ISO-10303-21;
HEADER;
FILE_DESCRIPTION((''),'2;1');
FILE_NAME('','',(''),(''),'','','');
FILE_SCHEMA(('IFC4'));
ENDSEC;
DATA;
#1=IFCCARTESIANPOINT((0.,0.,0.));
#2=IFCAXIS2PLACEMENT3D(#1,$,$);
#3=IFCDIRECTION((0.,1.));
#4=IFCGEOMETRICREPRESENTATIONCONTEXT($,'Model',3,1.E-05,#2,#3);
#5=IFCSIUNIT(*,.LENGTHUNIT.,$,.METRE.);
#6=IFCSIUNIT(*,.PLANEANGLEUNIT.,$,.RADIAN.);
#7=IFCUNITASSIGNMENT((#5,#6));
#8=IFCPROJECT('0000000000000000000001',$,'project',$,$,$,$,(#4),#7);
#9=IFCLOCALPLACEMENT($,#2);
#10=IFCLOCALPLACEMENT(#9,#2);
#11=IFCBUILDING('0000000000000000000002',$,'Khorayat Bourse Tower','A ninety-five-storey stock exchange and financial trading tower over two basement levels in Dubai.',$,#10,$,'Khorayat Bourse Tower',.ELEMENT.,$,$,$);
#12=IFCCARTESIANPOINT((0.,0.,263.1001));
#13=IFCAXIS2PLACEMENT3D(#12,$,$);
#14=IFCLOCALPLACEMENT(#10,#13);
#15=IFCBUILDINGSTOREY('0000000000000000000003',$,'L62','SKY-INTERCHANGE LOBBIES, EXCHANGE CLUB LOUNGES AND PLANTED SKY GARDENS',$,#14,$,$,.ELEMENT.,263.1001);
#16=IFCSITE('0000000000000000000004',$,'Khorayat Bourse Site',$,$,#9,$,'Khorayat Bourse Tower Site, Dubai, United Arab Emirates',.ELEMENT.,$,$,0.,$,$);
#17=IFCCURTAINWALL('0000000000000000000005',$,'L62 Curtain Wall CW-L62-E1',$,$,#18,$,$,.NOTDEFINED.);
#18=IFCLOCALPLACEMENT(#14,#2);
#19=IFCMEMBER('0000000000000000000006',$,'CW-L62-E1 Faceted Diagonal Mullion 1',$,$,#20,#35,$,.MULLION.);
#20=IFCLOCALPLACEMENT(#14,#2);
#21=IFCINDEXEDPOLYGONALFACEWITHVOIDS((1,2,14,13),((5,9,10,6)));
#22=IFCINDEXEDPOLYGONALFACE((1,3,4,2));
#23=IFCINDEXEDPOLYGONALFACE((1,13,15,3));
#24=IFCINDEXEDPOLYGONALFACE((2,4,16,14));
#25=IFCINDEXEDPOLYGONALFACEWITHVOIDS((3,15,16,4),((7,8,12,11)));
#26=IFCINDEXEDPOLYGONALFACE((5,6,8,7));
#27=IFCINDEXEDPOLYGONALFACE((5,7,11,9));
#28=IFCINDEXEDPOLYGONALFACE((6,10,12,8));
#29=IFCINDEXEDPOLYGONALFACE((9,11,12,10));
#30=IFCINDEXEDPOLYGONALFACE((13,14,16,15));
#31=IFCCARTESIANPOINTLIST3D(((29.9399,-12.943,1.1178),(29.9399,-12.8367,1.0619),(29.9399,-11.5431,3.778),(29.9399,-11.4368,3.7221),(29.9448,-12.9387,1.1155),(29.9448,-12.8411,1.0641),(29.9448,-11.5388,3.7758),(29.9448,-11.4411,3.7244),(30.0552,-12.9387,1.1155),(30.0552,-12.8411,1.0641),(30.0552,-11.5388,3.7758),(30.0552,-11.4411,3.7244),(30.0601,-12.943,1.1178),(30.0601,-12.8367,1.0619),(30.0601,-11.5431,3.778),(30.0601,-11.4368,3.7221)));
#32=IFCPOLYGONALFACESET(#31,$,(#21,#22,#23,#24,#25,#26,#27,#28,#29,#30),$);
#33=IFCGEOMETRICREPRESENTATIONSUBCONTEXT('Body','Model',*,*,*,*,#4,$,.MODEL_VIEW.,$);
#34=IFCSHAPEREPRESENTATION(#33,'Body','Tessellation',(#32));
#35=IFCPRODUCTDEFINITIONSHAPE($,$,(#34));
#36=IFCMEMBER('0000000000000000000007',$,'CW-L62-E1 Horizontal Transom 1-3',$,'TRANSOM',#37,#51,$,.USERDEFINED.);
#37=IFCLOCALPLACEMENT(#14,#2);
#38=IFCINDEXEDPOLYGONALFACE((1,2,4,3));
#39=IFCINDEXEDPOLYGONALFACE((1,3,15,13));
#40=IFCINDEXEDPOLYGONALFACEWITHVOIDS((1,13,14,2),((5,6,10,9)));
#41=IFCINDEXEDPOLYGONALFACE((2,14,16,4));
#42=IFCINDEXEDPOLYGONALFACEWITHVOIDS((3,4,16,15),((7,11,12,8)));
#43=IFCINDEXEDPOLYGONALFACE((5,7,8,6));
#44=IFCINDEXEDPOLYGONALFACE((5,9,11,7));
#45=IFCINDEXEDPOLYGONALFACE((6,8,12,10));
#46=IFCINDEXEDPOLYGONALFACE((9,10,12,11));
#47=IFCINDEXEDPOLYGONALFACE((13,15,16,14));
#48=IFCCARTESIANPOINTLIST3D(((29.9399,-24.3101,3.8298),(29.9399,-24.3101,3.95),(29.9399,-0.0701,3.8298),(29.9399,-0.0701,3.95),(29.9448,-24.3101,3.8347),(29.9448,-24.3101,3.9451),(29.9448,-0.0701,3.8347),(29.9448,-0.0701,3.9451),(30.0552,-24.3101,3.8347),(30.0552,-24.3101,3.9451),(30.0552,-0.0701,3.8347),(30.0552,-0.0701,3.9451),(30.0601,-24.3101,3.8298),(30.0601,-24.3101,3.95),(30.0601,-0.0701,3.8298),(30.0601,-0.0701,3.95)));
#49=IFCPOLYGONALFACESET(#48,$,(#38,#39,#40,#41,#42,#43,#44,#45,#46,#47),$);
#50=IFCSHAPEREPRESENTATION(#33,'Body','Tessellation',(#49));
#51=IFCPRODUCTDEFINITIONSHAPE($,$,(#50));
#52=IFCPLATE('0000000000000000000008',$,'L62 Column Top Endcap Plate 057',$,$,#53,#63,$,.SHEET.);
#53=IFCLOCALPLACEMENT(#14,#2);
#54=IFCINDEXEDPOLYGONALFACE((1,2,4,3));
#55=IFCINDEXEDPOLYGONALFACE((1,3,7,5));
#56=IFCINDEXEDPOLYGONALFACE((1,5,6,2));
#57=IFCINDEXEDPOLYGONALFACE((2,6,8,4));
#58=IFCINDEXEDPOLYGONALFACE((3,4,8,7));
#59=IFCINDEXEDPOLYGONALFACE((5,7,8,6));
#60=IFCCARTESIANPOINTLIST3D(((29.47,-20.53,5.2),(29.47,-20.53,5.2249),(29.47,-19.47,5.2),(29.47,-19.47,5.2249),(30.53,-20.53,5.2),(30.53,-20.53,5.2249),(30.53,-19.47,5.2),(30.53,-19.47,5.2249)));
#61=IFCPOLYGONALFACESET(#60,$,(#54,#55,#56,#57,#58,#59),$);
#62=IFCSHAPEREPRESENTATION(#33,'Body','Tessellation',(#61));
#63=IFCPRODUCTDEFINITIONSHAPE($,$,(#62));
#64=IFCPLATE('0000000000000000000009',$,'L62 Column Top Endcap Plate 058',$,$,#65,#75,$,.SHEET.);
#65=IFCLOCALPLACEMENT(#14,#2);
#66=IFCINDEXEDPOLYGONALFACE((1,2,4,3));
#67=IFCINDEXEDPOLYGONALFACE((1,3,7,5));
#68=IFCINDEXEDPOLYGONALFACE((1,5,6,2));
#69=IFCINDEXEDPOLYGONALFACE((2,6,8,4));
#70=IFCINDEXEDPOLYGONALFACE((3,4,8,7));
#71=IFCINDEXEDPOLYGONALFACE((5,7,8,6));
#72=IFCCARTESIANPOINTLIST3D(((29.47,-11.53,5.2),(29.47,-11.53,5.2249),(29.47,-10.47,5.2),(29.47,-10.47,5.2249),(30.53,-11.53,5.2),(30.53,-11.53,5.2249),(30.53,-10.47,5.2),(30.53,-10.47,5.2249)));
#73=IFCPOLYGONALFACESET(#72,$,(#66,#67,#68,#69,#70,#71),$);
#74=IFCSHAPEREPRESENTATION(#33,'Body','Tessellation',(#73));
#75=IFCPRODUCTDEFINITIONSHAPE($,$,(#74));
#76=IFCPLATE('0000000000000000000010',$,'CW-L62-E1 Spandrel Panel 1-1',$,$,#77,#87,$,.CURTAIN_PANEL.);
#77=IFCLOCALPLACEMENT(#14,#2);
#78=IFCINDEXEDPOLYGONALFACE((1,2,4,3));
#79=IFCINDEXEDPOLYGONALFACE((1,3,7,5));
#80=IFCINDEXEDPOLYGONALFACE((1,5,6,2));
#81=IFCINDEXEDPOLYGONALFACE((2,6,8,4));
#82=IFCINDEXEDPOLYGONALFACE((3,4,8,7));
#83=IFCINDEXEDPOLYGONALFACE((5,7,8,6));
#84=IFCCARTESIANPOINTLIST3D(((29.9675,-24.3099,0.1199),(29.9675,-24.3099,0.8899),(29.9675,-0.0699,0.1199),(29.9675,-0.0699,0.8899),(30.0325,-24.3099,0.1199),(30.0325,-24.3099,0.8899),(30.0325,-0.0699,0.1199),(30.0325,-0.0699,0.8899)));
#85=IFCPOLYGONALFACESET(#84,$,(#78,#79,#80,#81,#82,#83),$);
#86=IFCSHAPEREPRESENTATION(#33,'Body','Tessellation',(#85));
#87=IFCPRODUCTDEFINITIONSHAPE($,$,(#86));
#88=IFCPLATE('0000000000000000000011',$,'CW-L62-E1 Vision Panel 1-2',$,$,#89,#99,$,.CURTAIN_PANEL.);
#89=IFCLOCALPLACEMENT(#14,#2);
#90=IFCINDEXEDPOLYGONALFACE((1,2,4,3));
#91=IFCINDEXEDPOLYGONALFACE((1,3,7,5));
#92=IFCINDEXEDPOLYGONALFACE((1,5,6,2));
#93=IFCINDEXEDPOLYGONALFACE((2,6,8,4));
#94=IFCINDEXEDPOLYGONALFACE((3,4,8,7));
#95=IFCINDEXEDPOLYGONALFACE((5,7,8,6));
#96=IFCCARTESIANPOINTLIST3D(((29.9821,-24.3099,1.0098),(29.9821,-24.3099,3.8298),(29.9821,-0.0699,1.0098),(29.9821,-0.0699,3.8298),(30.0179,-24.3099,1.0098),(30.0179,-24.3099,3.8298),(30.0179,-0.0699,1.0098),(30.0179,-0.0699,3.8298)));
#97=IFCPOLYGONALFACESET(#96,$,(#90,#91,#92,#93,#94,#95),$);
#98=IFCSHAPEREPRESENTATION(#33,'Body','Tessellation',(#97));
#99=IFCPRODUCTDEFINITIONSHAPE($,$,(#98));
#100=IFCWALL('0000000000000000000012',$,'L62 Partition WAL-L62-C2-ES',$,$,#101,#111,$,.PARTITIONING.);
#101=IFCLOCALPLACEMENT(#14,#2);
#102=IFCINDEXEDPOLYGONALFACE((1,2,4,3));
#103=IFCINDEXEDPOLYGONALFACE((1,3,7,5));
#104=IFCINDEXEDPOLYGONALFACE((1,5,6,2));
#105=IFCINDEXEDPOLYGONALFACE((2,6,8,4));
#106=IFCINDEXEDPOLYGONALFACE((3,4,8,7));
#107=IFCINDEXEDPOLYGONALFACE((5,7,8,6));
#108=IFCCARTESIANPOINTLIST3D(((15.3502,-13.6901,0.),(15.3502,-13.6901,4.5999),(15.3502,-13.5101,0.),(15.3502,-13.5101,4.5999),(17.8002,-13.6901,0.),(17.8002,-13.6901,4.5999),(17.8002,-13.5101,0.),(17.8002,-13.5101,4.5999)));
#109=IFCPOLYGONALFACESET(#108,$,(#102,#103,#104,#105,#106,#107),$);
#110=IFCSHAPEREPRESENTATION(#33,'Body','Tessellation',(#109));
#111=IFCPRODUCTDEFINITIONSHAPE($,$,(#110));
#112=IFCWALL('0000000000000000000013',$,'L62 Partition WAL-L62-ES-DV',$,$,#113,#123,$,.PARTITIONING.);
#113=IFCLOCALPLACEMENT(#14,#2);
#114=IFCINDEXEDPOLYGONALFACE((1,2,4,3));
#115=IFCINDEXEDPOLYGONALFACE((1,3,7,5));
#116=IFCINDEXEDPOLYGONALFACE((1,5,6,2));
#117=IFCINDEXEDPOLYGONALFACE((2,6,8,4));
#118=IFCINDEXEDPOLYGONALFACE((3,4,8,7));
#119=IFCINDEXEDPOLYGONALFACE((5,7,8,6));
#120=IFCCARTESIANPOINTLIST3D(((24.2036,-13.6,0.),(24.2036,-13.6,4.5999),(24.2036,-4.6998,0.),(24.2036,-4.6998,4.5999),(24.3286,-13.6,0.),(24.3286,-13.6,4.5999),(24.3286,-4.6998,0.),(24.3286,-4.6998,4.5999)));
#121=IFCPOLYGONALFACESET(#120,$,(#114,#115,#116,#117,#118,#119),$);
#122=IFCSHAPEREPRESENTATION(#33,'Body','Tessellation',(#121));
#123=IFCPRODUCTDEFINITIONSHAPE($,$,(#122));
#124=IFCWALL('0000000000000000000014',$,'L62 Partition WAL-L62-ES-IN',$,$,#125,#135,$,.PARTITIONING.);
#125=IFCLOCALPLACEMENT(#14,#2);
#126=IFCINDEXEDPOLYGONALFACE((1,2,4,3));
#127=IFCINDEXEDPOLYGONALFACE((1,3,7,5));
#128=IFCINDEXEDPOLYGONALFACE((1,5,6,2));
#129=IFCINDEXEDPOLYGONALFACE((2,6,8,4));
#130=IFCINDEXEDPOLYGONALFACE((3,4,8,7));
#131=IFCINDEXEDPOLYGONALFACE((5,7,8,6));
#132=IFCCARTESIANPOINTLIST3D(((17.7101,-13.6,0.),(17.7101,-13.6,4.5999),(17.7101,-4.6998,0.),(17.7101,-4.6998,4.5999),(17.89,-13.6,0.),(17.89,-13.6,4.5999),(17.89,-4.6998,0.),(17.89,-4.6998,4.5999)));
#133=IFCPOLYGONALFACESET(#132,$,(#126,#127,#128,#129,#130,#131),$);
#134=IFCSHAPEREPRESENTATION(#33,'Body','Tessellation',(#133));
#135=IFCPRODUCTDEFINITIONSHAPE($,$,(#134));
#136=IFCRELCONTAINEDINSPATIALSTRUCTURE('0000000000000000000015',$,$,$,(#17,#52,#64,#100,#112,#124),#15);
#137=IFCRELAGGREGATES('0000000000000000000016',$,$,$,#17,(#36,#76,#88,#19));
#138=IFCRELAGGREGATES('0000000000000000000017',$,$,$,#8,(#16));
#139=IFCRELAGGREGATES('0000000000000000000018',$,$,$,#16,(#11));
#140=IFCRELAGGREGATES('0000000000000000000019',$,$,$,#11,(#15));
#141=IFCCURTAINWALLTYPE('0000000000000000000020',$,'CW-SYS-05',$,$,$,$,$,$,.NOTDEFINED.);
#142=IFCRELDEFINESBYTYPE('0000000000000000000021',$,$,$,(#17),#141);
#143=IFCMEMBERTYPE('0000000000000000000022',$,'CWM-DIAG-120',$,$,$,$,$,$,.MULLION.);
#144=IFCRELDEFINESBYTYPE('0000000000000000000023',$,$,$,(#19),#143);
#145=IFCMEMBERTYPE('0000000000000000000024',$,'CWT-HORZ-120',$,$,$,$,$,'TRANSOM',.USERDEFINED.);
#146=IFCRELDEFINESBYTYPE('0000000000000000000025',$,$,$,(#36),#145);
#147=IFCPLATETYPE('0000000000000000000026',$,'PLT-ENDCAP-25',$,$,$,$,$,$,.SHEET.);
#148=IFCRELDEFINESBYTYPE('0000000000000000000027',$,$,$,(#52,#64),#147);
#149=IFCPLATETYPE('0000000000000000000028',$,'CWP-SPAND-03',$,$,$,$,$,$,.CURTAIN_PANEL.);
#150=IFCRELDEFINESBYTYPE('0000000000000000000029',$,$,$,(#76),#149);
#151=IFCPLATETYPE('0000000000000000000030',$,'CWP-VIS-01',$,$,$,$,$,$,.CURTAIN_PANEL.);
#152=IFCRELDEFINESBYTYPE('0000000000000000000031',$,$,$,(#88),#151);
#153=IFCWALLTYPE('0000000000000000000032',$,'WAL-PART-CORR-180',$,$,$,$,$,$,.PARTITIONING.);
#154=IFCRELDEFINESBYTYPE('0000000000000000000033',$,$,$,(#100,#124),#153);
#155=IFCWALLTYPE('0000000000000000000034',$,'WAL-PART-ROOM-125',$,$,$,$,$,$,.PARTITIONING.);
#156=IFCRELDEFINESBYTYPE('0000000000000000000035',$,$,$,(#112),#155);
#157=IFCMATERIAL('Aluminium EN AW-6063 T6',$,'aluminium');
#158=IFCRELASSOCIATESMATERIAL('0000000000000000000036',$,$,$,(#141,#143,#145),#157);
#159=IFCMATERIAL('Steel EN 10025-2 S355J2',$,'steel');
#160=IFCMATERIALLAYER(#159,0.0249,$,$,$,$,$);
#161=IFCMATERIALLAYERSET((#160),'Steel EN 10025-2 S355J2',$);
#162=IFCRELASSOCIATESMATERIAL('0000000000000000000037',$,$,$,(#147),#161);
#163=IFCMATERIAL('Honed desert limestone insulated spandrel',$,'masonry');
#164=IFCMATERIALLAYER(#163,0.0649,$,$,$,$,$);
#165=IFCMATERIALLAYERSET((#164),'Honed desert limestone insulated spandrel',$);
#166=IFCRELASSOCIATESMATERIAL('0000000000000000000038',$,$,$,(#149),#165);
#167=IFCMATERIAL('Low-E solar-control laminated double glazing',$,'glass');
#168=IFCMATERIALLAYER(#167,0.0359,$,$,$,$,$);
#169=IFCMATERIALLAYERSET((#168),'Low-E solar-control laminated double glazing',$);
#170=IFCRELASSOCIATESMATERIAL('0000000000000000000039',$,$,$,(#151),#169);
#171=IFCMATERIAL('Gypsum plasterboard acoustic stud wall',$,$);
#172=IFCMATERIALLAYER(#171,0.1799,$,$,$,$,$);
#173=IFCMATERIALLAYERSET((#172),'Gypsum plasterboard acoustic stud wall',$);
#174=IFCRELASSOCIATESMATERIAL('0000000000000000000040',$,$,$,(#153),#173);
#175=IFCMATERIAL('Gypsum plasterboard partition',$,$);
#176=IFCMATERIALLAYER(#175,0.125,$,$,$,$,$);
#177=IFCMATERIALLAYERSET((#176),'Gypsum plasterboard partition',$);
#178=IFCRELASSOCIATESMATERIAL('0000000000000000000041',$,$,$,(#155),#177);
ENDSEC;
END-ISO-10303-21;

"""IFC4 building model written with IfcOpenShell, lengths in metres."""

from ifc_helpers import new_model, si_unit, direction, frame, frame_2d, origin, origin_2d, place, context, subcontext, project, spatial, rectangle, hollow_rectangle, extrude, source, transform, mapped, material, layer, layer_set, material_profile, profile_set, type_object, element, aggregate, save


model = new_model("IFC4")

# Units and contexts
model_context = context("Model", 3, precision=1e-05, world=origin(), true_north=direction((0.0, 1.0)))
body_context = subcontext(model_context, "Body", "Model", "MODEL_VIEW")
ifc_project = project(units=[si_unit("LENGTHUNIT", "METRE"), si_unit("PLANEANGLEUNIT", "RADIAN")], contexts=[model_context])

# Site, building, storey
site_placement = place(None, origin())
site = spatial("IfcSite", under=ifc_project, at=site_placement, Name="Khorayat Bourse Site", LongName="Khorayat Bourse Tower Site, Dubai, United Arab Emirates", CompositionType="ELEMENT", RefElevation=0.0)
building_placement = place(site_placement, origin())
building = spatial("IfcBuilding", under=site, at=building_placement, Name="Khorayat Bourse Tower", Description="A ninety-five-storey stock exchange and financial trading tower over two basement levels in Dubai.", LongName="Khorayat Bourse Tower", CompositionType="ELEMENT")
storey_placement = place(building_placement, frame((0.0, 0.0, 263.1001)))
storey = spatial("IfcBuildingStorey", under=building, at=storey_placement, Name="L62", Description="SKY-INTERCHANGE LOBBIES, EXCHANGE CLUB LOUNGES AND PLANTED SKY GARDENS", CompositionType="ELEMENT", Elevation=263.1001)

# Curtain wall, members
ifc_material_1 = material(Name="Aluminium EN AW-6063 T6", Category="aluminium")
curtain_wall_type = type_object("IfcCurtainWallType", Name="CW-SYS-05", PredefinedType="NOTDEFINED", material=ifc_material_1)
curtain_wall_placement = place(storey_placement, origin())
curtain_wall = element("IfcCurtainWall", 1, at=curtain_wall_placement, inside=storey, type_object=curtain_wall_type, Name="L62 Curtain Wall CW-L62-E1", PredefinedType="NOTDEFINED")
ifc_material_profile_1 = material_profile(ifc_material_1, hollow_rectangle(XDim=0.1201, YDim=0.1201, WallThickness=0.0049, at=origin_2d()), Name="ALU 120x120x5")
ifc_profile_set_1 = profile_set([ifc_material_profile_1], Name="Aluminium EN AW-6063 T6")
member_type_1 = type_object("IfcMemberType", Name="CWM-DIAG-120", PredefinedType="MULLION", material=ifc_profile_set_1)
shared_shape_1 = source(origin(), body_context, "Body", "SweptSolid", [
    extrude(hollow_rectangle(XDim=0.1201, YDim=0.1201, WallThickness=0.0049, at=origin_2d()), origin(), (0.0, 0.0, 1.0), 3.0061),
])
member_1_placement = place(storey_placement, frame((30.0, -12.8899, 1.0898), z_axis=(0.0, 0.4657, 0.884943), x_axis=(-1.0, 0.0, 0.0)))
member_1 = element("IfcMember", 2, at=member_1_placement, type_object=member_type_1, Name="CW-L62-E1 Faceted Diagonal Mullion 1", PredefinedType="MULLION", context=body_context, shape_type="MappedRepresentation", body=[
    mapped(shared_shape_1, transform((0.0, 0.0, 0.0), scale=1.0)),
])
ifc_material_profile_2 = material_profile(ifc_material_1, hollow_rectangle(XDim=0.1201, YDim=0.1201, WallThickness=0.0049, at=origin_2d()), Name="ALU 120x120x5")
ifc_profile_set_2 = profile_set([ifc_material_profile_2], Name="Aluminium EN AW-6063 T6")
member_type_2 = type_object("IfcMemberType", Name="CWT-HORZ-120", ElementType="TRANSOM", PredefinedType="USERDEFINED", material=ifc_profile_set_2)
shared_shape_2 = source(origin(), body_context, "Body", "SweptSolid", [
    extrude(hollow_rectangle(XDim=0.1201, YDim=0.1201, WallThickness=0.0049, at=origin_2d()), origin(), (0.0, 0.0, 1.0), 24.24),
])
member_2_placement = place(storey_placement, frame((30.0, -24.3101, 3.8899), z_axis=(0.0, 1.0, 0.0), x_axis=(-1.0, 0.0, 0.0)))
member_2 = element("IfcMember", 3, at=member_2_placement, type_object=member_type_2, Name="CW-L62-E1 Horizontal Transom 1-3", ObjectType="TRANSOM", PredefinedType="USERDEFINED", context=body_context, shape_type="MappedRepresentation", body=[
    mapped(shared_shape_2, transform((0.0, 0.0, 0.0), scale=1.0)),
])

# Plates
ifc_material_2 = material(Name="Steel EN 10025-2 S355J2", Category="steel")
ifc_layer_1 = layer(ifc_material_2, 0.0249)
ifc_layer_set_1 = layer_set([ifc_layer_1], Name="Steel EN 10025-2 S355J2")
plate_type_1 = type_object("IfcPlateType", Name="PLT-ENDCAP-25", PredefinedType="SHEET", material=ifc_layer_set_1)
shared_shape_3 = source(origin(), body_context, "Body", "SweptSolid", [
    extrude(rectangle(XDim=1.0601, YDim=1.0601, at=origin_2d()), origin(), (0.0, 0.0, 1.0), 0.0249),
])
for number, where, z_axis, x_axis, name in (
    (4, (30.0, -20.0, 5.2), (0.0, 0.0, 1.0), (1.0, 0.0, 0.0), "L62 Column Top Endcap Plate 057"),
    (5, (30.0, -11.0, 5.2), (0.0, 0.0, 1.0), (1.0, 0.0, 0.0), "L62 Column Top Endcap Plate 058"),
):
    element("IfcPlate", number, at=place(storey_placement, frame(where, z_axis=z_axis, x_axis=x_axis)), inside=storey, type_object=plate_type_1, Name=name, PredefinedType="SHEET", context=body_context, shape_type="MappedRepresentation", body=[
        mapped(shared_shape_3, transform((0.0, 0.0, 0.0), scale=1.0)),
    ])

# Plates
ifc_material_3 = material(Name="Honed desert limestone insulated spandrel", Category="masonry")
ifc_layer_2 = layer(ifc_material_3, 0.0649)
ifc_layer_set_2 = layer_set([ifc_layer_2], Name="Honed desert limestone insulated spandrel")
plate_type_2 = type_object("IfcPlateType", Name="CWP-SPAND-03", PredefinedType="CURTAIN_PANEL", material=ifc_layer_set_2)
shared_shape_4 = source(origin(), body_context, "Body", "SweptSolid", [
    extrude(rectangle(XDim=24.24, YDim=0.0649, at=origin_2d()), origin(), (0.0, 0.0, 1.0), 0.77),
])
plate_1_placement = place(storey_placement, frame((30.0, -12.1899, 0.1199), z_axis=(0.0, 0.0, 1.0), x_axis=(0.0, 1.0, 0.0)))
plate_1 = element("IfcPlate", 6, at=plate_1_placement, type_object=plate_type_2, Name="CW-L62-E1 Spandrel Panel 1-1", PredefinedType="CURTAIN_PANEL", context=body_context, shape_type="MappedRepresentation", body=[
    mapped(shared_shape_4, transform((0.0, 0.0, 0.0), scale=1.0)),
])
ifc_material_4 = material(Name="Low-E solar-control laminated double glazing", Category="glass")
ifc_layer_3 = layer(ifc_material_4, 0.0359)
ifc_layer_set_3 = layer_set([ifc_layer_3], Name="Low-E solar-control laminated double glazing")
plate_type_3 = type_object("IfcPlateType", Name="CWP-VIS-01", PredefinedType="CURTAIN_PANEL", material=ifc_layer_set_3)
shared_shape_5 = source(origin(), body_context, "Body", "SweptSolid", [
    extrude(rectangle(XDim=24.24, YDim=0.0359, at=origin_2d()), origin(), (0.0, 0.0, 1.0), 2.8201),
])
plate_2_placement = place(storey_placement, frame((30.0, -12.1899, 1.0098), z_axis=(0.0, 0.0, 1.0), x_axis=(0.0, 1.0, 0.0)))
plate_2 = element("IfcPlate", 7, at=plate_2_placement, type_object=plate_type_3, Name="CW-L62-E1 Vision Panel 1-2", PredefinedType="CURTAIN_PANEL", context=body_context, shape_type="MappedRepresentation", body=[
    mapped(shared_shape_5, transform((0.0, 0.0, 0.0), scale=1.0)),
])
aggregate(curtain_wall, [member_2, plate_1, plate_2, member_1])

# Walls
ifc_material_5 = material(Name="Gypsum plasterboard acoustic stud wall")
ifc_layer_4 = layer(ifc_material_5, 0.1799)
ifc_layer_set_4 = layer_set([ifc_layer_4], Name="Gypsum plasterboard acoustic stud wall")
wall_type_1 = type_object("IfcWallType", Name="WAL-PART-CORR-180", PredefinedType="PARTITIONING", material=ifc_layer_set_4)
shared_shape_6 = source(origin(), body_context, "Body", "SweptSolid", [
    extrude(rectangle(XDim=2.45, YDim=0.1799, at=frame_2d((1.2251, 0.0))), origin(), (0.0, 0.0, 1.0), 4.5999),
])
wall_1_placement = place(storey_placement, frame((15.3501, -13.6001, 0.0), z_axis=(0.0, 0.0, 1.0), x_axis=(1.0, 0.0, 0.0)))
element("IfcWall", 8, at=wall_1_placement, inside=storey, type_object=wall_type_1, Name="L62 Partition WAL-L62-C2-ES", PredefinedType="PARTITIONING", context=body_context, shape_type="MappedRepresentation", body=[
    mapped(shared_shape_6, transform((0.0, 0.0, 0.0), scale=1.0)),
])
ifc_material_6 = material(Name="Gypsum plasterboard partition")
ifc_layer_5 = layer(ifc_material_6, 0.125)
ifc_layer_set_5 = layer_set([ifc_layer_5], Name="Gypsum plasterboard partition")
wall_type_2 = type_object("IfcWallType", Name="WAL-PART-ROOM-125", PredefinedType="PARTITIONING", material=ifc_layer_set_5)
shared_shape_7 = source(origin(), body_context, "Body", "SweptSolid", [
    extrude(rectangle(XDim=8.9001, YDim=0.125, at=frame_2d((4.4502, 0.0))), origin(), (0.0, 0.0, 1.0), 4.5999),
])
wall_2_placement = place(storey_placement, frame((24.2661, -13.6001, 0.0), z_axis=(0.0, 0.0, 1.0), x_axis=(0.0, 1.0, 0.0)))
element("IfcWall", 9, at=wall_2_placement, inside=storey, type_object=wall_type_2, Name="L62 Partition WAL-L62-ES-DV", PredefinedType="PARTITIONING", context=body_context, shape_type="MappedRepresentation", body=[
    mapped(shared_shape_7, transform((0.0, 0.0, 0.0), scale=1.0)),
])
shared_shape_8 = source(origin(), body_context, "Body", "SweptSolid", [
    extrude(rectangle(XDim=8.9001, YDim=0.1799, at=frame_2d((4.4502, 0.0))), origin(), (0.0, 0.0, 1.0), 4.5999),
])
wall_3_placement = place(storey_placement, frame((17.8, -13.6001, 0.0), z_axis=(0.0, 0.0, 1.0), x_axis=(0.0, 1.0, 0.0)))
element("IfcWall", 10, at=wall_3_placement, inside=storey, type_object=wall_type_1, Name="L62 Partition WAL-L62-ES-IN", PredefinedType="PARTITIONING", context=body_context, shape_type="MappedRepresentation", body=[
    mapped(shared_shape_8, transform((0.0, 0.0, 0.0), scale=1.0)),
])

save(model, "model.ifc")
